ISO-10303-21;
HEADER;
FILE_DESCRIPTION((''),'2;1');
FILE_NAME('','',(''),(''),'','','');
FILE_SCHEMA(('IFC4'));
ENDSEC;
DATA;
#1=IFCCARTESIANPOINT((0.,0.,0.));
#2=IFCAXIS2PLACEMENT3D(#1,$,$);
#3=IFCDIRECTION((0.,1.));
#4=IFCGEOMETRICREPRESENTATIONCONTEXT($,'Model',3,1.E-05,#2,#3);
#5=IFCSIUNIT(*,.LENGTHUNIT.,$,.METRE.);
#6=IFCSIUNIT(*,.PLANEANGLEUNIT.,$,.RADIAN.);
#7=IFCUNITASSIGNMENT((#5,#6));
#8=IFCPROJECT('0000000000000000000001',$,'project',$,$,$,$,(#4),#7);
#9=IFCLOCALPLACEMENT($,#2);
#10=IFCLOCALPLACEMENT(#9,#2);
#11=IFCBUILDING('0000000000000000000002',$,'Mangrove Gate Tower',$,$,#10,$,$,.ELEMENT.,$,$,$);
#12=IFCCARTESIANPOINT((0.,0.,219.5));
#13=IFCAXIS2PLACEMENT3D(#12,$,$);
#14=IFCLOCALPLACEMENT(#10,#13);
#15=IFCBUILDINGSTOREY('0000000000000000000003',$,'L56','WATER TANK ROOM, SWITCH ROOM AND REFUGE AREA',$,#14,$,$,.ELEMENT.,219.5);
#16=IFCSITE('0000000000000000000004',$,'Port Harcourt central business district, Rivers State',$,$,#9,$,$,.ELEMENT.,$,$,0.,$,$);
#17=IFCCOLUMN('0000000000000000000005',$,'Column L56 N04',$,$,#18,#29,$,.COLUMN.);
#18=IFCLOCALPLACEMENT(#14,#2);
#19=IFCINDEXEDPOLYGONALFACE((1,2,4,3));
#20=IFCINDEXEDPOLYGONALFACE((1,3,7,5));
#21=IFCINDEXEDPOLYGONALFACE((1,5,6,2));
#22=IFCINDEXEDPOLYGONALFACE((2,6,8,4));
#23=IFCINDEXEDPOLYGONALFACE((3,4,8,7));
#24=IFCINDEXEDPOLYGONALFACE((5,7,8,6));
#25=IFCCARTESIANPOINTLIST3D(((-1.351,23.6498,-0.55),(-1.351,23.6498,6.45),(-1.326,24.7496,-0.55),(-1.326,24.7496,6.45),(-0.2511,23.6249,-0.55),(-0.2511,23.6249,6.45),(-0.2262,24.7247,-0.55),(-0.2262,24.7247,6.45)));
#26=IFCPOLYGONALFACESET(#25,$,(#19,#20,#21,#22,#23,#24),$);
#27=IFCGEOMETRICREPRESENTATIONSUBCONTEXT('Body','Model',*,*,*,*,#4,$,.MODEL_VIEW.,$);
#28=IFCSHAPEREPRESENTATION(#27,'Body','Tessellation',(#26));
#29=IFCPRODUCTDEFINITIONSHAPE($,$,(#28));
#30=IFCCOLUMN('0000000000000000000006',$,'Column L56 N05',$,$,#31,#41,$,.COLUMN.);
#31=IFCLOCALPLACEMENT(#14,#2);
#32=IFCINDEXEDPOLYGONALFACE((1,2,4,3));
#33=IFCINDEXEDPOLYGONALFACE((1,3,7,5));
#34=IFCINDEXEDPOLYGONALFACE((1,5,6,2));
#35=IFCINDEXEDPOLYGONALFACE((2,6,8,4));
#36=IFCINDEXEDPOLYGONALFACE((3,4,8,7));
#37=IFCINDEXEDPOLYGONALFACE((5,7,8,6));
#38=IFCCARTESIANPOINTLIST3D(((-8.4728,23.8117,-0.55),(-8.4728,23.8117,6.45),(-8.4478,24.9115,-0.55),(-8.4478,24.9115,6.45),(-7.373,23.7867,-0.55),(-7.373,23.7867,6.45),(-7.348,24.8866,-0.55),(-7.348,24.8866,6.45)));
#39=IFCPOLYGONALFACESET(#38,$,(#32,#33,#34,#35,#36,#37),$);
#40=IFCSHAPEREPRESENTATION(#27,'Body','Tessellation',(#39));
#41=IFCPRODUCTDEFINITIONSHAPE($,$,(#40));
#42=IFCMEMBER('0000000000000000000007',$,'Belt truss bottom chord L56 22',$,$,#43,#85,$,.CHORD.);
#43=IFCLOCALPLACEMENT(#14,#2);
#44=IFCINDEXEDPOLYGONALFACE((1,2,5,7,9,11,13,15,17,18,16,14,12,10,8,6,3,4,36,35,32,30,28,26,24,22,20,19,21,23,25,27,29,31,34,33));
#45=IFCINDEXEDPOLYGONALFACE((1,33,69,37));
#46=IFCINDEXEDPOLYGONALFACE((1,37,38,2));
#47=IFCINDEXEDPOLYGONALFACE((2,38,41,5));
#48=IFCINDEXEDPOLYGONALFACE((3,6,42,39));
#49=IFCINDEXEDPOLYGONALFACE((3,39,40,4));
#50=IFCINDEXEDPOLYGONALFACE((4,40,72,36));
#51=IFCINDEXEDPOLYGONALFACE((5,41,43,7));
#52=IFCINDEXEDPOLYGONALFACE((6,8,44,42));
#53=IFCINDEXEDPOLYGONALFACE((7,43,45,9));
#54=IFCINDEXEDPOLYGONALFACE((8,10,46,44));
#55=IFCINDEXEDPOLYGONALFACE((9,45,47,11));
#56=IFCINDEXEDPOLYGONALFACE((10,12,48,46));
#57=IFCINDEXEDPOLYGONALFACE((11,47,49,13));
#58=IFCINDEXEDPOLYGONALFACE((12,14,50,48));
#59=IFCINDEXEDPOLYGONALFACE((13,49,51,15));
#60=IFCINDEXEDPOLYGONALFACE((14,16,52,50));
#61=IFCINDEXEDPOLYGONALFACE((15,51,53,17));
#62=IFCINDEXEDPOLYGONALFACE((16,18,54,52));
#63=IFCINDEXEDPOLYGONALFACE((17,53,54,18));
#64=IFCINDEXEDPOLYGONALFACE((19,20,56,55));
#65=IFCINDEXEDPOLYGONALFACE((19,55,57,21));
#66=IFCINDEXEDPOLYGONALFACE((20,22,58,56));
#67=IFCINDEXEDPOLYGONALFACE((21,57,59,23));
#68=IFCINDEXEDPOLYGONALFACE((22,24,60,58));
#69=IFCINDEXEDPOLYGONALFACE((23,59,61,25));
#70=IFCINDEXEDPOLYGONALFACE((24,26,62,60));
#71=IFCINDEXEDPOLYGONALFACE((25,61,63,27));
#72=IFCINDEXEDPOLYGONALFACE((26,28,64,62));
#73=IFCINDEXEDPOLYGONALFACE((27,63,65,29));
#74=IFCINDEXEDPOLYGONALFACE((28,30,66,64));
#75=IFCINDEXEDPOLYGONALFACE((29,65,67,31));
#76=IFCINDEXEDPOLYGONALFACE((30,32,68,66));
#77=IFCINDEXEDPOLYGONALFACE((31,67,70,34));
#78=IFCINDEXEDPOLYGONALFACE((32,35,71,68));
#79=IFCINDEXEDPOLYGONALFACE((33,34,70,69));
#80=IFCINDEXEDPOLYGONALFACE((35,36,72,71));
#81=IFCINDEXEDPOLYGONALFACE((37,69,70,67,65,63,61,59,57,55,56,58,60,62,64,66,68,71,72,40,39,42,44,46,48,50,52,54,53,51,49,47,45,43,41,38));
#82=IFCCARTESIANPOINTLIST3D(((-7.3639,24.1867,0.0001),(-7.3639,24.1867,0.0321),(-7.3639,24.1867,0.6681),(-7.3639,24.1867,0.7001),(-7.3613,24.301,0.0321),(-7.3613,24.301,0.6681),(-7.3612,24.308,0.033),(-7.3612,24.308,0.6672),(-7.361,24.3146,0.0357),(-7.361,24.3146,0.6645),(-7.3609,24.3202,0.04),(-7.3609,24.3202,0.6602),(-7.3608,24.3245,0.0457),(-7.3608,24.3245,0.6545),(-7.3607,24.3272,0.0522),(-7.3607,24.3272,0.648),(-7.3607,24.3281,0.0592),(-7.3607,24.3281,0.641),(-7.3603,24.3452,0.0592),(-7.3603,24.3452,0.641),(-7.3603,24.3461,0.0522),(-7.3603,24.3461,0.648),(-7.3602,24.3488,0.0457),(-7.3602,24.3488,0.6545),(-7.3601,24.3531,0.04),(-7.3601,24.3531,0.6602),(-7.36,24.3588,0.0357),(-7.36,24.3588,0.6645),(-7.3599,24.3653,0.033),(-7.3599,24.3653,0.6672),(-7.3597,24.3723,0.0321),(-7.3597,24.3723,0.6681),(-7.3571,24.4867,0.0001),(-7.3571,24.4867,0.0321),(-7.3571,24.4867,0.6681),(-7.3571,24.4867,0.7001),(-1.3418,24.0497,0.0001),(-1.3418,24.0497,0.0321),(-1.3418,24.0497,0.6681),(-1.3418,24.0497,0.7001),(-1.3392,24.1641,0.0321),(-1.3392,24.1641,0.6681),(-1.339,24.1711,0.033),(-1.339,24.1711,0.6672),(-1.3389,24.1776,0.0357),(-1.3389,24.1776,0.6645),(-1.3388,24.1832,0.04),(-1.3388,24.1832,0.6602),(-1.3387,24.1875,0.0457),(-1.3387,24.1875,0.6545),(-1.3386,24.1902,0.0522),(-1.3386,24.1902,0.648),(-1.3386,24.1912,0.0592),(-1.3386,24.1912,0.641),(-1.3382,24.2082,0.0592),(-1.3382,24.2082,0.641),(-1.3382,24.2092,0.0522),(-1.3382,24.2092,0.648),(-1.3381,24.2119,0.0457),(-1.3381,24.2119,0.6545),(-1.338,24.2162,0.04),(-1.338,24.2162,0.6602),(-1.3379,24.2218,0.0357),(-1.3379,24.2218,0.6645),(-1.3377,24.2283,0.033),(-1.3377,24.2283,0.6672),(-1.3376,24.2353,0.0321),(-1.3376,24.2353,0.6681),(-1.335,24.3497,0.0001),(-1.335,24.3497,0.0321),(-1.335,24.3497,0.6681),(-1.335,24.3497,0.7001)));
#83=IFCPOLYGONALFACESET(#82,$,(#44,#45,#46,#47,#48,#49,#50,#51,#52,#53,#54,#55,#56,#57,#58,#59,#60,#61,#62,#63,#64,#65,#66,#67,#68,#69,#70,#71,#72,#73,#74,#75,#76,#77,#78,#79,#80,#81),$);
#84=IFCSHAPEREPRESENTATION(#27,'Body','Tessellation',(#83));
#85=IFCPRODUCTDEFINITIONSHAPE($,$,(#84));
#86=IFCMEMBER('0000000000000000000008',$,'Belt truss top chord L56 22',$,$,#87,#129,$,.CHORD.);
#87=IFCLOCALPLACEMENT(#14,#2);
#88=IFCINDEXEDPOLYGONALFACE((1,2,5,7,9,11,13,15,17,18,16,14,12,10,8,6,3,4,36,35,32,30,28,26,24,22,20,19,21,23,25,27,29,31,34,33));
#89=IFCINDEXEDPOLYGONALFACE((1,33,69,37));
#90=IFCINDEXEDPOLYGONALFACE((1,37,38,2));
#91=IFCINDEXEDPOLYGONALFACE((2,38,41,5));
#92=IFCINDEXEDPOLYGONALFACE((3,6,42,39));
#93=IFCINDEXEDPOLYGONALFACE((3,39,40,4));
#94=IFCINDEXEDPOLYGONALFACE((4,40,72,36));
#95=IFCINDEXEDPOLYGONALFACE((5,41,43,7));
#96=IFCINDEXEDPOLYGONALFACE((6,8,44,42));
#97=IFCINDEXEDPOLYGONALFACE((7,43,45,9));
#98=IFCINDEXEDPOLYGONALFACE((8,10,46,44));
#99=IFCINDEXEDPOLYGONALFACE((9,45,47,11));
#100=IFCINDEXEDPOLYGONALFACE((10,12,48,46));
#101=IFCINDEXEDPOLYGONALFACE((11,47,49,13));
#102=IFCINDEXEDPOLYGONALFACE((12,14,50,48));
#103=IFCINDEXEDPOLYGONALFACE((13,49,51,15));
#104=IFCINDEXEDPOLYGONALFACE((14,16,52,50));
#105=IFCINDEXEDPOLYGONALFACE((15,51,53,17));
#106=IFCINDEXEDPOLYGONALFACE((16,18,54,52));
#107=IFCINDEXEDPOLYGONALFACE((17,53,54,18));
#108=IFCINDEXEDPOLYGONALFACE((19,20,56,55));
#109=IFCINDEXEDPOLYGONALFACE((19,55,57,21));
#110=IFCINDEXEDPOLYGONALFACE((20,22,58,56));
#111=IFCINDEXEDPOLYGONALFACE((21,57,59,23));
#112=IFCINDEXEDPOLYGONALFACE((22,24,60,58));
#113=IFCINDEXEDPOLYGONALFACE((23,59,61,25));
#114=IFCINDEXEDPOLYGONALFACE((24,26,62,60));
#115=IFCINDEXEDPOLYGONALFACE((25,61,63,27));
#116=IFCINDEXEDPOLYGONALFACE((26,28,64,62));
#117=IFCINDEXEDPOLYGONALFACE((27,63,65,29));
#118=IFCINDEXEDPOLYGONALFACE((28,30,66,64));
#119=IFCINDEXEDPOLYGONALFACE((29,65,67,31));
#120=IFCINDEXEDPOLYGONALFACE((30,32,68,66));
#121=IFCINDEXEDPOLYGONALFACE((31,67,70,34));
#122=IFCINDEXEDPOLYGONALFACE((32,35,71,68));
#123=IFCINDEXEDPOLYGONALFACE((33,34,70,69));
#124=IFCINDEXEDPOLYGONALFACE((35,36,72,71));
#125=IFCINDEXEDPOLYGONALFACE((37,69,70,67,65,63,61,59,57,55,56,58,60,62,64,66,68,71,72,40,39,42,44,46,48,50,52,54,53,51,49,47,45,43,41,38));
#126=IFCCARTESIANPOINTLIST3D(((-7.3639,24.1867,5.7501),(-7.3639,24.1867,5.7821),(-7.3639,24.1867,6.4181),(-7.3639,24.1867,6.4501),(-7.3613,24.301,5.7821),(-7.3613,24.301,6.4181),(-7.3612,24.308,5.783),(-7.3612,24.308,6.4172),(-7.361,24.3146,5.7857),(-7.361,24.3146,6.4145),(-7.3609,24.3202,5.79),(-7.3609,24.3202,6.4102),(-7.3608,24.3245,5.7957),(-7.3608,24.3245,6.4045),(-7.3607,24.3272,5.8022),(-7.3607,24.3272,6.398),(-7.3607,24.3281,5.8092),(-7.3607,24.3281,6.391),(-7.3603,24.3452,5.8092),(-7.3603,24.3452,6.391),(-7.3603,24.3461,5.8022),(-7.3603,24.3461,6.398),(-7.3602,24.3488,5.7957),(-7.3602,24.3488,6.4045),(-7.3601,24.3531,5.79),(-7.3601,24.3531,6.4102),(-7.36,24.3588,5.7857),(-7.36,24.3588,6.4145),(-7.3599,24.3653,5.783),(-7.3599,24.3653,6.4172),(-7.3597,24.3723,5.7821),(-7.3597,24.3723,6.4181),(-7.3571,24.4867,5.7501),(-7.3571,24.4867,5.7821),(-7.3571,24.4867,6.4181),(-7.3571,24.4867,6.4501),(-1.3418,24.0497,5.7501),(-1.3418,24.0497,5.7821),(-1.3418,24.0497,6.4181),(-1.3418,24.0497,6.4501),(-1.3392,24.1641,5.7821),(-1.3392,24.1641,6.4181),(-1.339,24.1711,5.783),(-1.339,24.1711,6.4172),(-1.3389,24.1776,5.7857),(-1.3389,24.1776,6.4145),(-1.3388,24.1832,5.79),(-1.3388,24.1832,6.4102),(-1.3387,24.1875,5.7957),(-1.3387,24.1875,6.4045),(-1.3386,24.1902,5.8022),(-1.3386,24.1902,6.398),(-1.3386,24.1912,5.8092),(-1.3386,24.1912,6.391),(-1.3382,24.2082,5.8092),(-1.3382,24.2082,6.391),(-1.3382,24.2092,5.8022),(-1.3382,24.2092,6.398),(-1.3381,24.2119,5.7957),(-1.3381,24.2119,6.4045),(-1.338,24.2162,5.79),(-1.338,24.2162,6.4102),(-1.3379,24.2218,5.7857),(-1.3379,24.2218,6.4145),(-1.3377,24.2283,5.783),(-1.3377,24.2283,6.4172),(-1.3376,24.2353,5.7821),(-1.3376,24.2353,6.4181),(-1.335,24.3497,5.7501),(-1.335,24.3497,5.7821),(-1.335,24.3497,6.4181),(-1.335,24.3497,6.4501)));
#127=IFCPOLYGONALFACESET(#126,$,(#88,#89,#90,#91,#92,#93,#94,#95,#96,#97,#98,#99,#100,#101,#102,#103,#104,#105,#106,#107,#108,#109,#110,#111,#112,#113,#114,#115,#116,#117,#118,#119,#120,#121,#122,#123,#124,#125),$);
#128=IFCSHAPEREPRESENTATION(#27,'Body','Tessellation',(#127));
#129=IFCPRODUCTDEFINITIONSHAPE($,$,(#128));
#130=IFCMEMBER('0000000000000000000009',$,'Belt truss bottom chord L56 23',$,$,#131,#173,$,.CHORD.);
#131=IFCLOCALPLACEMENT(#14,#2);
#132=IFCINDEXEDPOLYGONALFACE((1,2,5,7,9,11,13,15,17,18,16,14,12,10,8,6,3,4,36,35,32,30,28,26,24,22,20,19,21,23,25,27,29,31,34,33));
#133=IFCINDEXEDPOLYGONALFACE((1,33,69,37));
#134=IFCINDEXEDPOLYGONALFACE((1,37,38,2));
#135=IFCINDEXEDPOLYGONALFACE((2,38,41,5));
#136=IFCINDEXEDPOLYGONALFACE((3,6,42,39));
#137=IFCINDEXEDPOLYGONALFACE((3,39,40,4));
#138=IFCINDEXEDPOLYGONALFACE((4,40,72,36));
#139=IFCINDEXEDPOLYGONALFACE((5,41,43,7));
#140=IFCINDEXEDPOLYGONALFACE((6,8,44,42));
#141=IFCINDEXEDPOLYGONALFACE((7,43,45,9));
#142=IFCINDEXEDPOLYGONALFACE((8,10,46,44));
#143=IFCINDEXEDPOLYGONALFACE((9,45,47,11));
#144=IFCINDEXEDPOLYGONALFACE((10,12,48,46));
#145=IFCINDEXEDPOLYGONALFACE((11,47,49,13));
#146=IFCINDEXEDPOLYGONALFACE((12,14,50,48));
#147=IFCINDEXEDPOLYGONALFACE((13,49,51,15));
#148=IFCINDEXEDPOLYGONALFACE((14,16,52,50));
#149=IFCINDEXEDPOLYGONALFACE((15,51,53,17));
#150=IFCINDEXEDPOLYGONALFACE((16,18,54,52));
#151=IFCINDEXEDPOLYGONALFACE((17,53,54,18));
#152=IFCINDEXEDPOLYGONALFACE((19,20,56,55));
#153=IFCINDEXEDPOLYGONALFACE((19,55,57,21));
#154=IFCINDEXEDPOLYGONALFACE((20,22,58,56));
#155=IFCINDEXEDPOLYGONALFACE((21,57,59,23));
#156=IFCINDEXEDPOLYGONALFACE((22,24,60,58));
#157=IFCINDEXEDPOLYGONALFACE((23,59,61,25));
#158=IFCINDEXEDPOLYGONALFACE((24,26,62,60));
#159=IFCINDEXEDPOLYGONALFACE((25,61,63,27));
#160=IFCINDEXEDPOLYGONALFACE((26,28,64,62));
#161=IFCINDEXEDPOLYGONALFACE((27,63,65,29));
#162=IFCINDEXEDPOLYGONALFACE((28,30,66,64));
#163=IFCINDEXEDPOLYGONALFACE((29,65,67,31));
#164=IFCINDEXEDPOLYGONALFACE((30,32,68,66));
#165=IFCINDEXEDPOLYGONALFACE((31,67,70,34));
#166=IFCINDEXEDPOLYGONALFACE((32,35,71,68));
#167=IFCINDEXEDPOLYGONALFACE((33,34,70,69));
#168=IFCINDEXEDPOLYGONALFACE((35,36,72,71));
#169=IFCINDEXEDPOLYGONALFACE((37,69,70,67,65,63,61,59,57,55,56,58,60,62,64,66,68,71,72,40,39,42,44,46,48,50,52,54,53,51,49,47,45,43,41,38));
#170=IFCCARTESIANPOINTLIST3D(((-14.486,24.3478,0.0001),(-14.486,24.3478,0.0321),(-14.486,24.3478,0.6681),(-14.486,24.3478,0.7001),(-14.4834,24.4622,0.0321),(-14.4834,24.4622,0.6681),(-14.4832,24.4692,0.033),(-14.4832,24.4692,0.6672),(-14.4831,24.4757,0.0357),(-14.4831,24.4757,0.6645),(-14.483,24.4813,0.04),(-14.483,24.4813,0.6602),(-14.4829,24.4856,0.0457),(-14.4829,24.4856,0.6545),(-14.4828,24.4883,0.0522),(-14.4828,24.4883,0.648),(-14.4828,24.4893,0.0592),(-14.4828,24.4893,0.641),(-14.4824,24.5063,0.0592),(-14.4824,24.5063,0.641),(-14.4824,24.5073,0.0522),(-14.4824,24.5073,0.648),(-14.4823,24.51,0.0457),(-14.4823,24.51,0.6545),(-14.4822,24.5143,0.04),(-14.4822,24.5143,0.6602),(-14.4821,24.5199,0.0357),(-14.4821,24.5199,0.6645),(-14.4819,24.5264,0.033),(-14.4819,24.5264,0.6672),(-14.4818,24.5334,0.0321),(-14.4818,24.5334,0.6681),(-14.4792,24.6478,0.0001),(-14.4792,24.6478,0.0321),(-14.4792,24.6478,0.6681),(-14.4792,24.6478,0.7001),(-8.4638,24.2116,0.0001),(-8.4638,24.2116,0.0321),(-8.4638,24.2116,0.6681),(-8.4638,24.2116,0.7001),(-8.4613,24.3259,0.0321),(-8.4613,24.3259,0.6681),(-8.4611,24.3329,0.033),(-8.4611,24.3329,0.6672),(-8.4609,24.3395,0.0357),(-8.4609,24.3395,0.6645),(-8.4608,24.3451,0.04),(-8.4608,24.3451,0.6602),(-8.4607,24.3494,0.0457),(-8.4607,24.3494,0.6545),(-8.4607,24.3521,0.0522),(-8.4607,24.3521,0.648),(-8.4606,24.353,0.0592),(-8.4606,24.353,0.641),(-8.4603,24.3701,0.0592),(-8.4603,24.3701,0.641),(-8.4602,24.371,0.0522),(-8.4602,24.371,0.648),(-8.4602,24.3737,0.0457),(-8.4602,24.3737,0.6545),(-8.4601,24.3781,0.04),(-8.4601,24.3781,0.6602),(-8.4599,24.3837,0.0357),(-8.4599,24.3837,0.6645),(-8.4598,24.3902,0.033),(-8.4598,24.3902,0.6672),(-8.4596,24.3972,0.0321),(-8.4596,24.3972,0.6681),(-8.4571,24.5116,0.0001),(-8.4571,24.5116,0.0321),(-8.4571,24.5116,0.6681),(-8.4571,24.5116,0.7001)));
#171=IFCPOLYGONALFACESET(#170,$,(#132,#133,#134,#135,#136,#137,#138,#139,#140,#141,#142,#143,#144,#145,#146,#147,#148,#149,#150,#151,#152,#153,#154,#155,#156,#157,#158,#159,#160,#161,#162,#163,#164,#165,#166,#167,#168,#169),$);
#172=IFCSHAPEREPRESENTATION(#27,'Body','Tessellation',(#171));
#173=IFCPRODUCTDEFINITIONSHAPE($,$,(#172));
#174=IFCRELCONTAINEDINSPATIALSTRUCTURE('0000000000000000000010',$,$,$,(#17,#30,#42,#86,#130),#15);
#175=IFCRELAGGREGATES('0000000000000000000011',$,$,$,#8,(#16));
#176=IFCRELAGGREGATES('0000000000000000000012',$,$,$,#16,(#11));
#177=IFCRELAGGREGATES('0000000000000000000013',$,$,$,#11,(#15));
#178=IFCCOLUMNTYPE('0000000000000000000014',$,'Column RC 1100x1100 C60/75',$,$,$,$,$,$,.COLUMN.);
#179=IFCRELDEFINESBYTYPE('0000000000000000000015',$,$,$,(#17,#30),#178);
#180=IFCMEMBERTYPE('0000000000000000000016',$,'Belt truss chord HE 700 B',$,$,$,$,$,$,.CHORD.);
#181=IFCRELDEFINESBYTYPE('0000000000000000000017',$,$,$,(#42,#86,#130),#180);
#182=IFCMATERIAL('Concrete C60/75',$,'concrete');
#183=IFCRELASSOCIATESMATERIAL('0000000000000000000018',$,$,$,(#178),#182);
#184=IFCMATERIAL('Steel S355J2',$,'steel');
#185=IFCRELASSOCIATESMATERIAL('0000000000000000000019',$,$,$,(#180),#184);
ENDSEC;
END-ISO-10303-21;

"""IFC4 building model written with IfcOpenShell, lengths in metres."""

from ifc_helpers import new_model, si_unit, direction, frame, origin, origin_2d, place, context, subcontext, project, spatial, rectangle, i_section, extrude, material, material_profile, profile_set, type_object, element, save


model = new_model("IFC4")

# Units and contexts
model_context = context("Model", 3, precision=1e-05, world=origin(), true_north=direction((0.0, 1.0)))
body_context = subcontext(model_context, "Body", "Model", "MODEL_VIEW")
ifc_project = project(units=[si_unit("LENGTHUNIT", "METRE"), si_unit("PLANEANGLEUNIT", "RADIAN")], contexts=[model_context])

# Site, building, storey
site_placement = place(None, origin())
site = spatial("IfcSite", under=ifc_project, at=site_placement, Name="Port Harcourt central business district, Rivers State", CompositionType="ELEMENT", RefElevation=0.0)
building_placement = place(site_placement, origin())
building = spatial("IfcBuilding", under=site, at=building_placement, Name="Mangrove Gate Tower", CompositionType="ELEMENT")
storey_placement = place(building_placement, frame((0.0, 0.0, 219.5)))
storey = spatial("IfcBuildingStorey", under=building, at=storey_placement, Name="L56", Description="WATER TANK ROOM, SWITCH ROOM AND REFUGE AREA", CompositionType="ELEMENT", Elevation=219.5)

# Columns
ifc_material_1 = material(Name="Concrete C60/75", Category="concrete")
ifc_material_profile_1 = material_profile(ifc_material_1, rectangle(XDim=1.1001, YDim=1.1001, at=origin_2d()))
ifc_profile_set_1 = profile_set([ifc_material_profile_1], Name="Concrete C60/75")
column_type = type_object("IfcColumnType", Name="Column RC 1100x1100 C60/75", PredefinedType="COLUMN", material=ifc_profile_set_1)
for number, where, z_axis, x_axis, name in (
    (1, (-0.7886, 24.1873, -0.55), (0.0, 0.0, 1.0), (-0.999743, 0.02267, 0.0), "Column L56 N04"),
    (2, (-7.9104, 24.3491, -0.55), (0.0, 0.0, 1.0), (-0.999743, 0.02267, 0.0), "Column L56 N05"),
):
    element("IfcColumn", number, at=place(storey_placement, frame(where, z_axis=z_axis, x_axis=x_axis)), inside=storey, type_object=column_type, Name=name, PredefinedType="COLUMN", context=body_context, shape_type="SweptSolid", body=[
        extrude(rectangle(XDim=1.1001, YDim=1.1001, at=origin_2d()), origin(), (0.0, 0.0, 1.0), 7.0),
    ])

# Members
ifc_material_2 = material(Name="Steel S355J2", Category="steel")
ifc_material_profile_2 = material_profile(ifc_material_2, i_section(OverallWidth=0.3, OverallDepth=0.7, WebThickness=0.0171, FlangeThickness=0.032, FilletRadius=0.0271, at=origin_2d()))
ifc_profile_set_2 = profile_set([ifc_material_profile_2], Name="Steel S355J2")
member_type_1 = type_object("IfcMemberType", Name="Belt truss chord HE 700 B", PredefinedType="CHORD", material=ifc_profile_set_2)
for number, where, z_axis, x_axis, name in (
    (3, (-1.3384, 24.1997, 0.3501), (-0.999741, 0.022737, 0.0), (-0.022737, -0.999741, 0.0), "Belt truss bottom chord L56 22"),
    (4, (-1.3384, 24.1997, 6.1001), (-0.999741, 0.022737, 0.0), (-0.022737, -0.999741, 0.0), "Belt truss top chord L56 22"),
    (5, (-8.4604, 24.3616, 0.3501), (-0.999744, 0.022616, 0.0), (-0.022616, -0.999744, 0.0), "Belt truss bottom chord L56 23"),
):
    element("IfcMember", number, at=place(storey_placement, frame(where, z_axis=z_axis, x_axis=x_axis)), inside=storey, type_object=member_type_1, Name=name, PredefinedType="CHORD", context=body_context, shape_type="SweptSolid", body=[
        extrude(i_section(OverallWidth=0.3, OverallDepth=0.7, WebThickness=0.0171, FlangeThickness=0.032, FilletRadius=0.0271, at=origin_2d()), origin(), (0.0, 0.0, 1.0), 6.0237),
    ])

save(model, "model.ifc")
